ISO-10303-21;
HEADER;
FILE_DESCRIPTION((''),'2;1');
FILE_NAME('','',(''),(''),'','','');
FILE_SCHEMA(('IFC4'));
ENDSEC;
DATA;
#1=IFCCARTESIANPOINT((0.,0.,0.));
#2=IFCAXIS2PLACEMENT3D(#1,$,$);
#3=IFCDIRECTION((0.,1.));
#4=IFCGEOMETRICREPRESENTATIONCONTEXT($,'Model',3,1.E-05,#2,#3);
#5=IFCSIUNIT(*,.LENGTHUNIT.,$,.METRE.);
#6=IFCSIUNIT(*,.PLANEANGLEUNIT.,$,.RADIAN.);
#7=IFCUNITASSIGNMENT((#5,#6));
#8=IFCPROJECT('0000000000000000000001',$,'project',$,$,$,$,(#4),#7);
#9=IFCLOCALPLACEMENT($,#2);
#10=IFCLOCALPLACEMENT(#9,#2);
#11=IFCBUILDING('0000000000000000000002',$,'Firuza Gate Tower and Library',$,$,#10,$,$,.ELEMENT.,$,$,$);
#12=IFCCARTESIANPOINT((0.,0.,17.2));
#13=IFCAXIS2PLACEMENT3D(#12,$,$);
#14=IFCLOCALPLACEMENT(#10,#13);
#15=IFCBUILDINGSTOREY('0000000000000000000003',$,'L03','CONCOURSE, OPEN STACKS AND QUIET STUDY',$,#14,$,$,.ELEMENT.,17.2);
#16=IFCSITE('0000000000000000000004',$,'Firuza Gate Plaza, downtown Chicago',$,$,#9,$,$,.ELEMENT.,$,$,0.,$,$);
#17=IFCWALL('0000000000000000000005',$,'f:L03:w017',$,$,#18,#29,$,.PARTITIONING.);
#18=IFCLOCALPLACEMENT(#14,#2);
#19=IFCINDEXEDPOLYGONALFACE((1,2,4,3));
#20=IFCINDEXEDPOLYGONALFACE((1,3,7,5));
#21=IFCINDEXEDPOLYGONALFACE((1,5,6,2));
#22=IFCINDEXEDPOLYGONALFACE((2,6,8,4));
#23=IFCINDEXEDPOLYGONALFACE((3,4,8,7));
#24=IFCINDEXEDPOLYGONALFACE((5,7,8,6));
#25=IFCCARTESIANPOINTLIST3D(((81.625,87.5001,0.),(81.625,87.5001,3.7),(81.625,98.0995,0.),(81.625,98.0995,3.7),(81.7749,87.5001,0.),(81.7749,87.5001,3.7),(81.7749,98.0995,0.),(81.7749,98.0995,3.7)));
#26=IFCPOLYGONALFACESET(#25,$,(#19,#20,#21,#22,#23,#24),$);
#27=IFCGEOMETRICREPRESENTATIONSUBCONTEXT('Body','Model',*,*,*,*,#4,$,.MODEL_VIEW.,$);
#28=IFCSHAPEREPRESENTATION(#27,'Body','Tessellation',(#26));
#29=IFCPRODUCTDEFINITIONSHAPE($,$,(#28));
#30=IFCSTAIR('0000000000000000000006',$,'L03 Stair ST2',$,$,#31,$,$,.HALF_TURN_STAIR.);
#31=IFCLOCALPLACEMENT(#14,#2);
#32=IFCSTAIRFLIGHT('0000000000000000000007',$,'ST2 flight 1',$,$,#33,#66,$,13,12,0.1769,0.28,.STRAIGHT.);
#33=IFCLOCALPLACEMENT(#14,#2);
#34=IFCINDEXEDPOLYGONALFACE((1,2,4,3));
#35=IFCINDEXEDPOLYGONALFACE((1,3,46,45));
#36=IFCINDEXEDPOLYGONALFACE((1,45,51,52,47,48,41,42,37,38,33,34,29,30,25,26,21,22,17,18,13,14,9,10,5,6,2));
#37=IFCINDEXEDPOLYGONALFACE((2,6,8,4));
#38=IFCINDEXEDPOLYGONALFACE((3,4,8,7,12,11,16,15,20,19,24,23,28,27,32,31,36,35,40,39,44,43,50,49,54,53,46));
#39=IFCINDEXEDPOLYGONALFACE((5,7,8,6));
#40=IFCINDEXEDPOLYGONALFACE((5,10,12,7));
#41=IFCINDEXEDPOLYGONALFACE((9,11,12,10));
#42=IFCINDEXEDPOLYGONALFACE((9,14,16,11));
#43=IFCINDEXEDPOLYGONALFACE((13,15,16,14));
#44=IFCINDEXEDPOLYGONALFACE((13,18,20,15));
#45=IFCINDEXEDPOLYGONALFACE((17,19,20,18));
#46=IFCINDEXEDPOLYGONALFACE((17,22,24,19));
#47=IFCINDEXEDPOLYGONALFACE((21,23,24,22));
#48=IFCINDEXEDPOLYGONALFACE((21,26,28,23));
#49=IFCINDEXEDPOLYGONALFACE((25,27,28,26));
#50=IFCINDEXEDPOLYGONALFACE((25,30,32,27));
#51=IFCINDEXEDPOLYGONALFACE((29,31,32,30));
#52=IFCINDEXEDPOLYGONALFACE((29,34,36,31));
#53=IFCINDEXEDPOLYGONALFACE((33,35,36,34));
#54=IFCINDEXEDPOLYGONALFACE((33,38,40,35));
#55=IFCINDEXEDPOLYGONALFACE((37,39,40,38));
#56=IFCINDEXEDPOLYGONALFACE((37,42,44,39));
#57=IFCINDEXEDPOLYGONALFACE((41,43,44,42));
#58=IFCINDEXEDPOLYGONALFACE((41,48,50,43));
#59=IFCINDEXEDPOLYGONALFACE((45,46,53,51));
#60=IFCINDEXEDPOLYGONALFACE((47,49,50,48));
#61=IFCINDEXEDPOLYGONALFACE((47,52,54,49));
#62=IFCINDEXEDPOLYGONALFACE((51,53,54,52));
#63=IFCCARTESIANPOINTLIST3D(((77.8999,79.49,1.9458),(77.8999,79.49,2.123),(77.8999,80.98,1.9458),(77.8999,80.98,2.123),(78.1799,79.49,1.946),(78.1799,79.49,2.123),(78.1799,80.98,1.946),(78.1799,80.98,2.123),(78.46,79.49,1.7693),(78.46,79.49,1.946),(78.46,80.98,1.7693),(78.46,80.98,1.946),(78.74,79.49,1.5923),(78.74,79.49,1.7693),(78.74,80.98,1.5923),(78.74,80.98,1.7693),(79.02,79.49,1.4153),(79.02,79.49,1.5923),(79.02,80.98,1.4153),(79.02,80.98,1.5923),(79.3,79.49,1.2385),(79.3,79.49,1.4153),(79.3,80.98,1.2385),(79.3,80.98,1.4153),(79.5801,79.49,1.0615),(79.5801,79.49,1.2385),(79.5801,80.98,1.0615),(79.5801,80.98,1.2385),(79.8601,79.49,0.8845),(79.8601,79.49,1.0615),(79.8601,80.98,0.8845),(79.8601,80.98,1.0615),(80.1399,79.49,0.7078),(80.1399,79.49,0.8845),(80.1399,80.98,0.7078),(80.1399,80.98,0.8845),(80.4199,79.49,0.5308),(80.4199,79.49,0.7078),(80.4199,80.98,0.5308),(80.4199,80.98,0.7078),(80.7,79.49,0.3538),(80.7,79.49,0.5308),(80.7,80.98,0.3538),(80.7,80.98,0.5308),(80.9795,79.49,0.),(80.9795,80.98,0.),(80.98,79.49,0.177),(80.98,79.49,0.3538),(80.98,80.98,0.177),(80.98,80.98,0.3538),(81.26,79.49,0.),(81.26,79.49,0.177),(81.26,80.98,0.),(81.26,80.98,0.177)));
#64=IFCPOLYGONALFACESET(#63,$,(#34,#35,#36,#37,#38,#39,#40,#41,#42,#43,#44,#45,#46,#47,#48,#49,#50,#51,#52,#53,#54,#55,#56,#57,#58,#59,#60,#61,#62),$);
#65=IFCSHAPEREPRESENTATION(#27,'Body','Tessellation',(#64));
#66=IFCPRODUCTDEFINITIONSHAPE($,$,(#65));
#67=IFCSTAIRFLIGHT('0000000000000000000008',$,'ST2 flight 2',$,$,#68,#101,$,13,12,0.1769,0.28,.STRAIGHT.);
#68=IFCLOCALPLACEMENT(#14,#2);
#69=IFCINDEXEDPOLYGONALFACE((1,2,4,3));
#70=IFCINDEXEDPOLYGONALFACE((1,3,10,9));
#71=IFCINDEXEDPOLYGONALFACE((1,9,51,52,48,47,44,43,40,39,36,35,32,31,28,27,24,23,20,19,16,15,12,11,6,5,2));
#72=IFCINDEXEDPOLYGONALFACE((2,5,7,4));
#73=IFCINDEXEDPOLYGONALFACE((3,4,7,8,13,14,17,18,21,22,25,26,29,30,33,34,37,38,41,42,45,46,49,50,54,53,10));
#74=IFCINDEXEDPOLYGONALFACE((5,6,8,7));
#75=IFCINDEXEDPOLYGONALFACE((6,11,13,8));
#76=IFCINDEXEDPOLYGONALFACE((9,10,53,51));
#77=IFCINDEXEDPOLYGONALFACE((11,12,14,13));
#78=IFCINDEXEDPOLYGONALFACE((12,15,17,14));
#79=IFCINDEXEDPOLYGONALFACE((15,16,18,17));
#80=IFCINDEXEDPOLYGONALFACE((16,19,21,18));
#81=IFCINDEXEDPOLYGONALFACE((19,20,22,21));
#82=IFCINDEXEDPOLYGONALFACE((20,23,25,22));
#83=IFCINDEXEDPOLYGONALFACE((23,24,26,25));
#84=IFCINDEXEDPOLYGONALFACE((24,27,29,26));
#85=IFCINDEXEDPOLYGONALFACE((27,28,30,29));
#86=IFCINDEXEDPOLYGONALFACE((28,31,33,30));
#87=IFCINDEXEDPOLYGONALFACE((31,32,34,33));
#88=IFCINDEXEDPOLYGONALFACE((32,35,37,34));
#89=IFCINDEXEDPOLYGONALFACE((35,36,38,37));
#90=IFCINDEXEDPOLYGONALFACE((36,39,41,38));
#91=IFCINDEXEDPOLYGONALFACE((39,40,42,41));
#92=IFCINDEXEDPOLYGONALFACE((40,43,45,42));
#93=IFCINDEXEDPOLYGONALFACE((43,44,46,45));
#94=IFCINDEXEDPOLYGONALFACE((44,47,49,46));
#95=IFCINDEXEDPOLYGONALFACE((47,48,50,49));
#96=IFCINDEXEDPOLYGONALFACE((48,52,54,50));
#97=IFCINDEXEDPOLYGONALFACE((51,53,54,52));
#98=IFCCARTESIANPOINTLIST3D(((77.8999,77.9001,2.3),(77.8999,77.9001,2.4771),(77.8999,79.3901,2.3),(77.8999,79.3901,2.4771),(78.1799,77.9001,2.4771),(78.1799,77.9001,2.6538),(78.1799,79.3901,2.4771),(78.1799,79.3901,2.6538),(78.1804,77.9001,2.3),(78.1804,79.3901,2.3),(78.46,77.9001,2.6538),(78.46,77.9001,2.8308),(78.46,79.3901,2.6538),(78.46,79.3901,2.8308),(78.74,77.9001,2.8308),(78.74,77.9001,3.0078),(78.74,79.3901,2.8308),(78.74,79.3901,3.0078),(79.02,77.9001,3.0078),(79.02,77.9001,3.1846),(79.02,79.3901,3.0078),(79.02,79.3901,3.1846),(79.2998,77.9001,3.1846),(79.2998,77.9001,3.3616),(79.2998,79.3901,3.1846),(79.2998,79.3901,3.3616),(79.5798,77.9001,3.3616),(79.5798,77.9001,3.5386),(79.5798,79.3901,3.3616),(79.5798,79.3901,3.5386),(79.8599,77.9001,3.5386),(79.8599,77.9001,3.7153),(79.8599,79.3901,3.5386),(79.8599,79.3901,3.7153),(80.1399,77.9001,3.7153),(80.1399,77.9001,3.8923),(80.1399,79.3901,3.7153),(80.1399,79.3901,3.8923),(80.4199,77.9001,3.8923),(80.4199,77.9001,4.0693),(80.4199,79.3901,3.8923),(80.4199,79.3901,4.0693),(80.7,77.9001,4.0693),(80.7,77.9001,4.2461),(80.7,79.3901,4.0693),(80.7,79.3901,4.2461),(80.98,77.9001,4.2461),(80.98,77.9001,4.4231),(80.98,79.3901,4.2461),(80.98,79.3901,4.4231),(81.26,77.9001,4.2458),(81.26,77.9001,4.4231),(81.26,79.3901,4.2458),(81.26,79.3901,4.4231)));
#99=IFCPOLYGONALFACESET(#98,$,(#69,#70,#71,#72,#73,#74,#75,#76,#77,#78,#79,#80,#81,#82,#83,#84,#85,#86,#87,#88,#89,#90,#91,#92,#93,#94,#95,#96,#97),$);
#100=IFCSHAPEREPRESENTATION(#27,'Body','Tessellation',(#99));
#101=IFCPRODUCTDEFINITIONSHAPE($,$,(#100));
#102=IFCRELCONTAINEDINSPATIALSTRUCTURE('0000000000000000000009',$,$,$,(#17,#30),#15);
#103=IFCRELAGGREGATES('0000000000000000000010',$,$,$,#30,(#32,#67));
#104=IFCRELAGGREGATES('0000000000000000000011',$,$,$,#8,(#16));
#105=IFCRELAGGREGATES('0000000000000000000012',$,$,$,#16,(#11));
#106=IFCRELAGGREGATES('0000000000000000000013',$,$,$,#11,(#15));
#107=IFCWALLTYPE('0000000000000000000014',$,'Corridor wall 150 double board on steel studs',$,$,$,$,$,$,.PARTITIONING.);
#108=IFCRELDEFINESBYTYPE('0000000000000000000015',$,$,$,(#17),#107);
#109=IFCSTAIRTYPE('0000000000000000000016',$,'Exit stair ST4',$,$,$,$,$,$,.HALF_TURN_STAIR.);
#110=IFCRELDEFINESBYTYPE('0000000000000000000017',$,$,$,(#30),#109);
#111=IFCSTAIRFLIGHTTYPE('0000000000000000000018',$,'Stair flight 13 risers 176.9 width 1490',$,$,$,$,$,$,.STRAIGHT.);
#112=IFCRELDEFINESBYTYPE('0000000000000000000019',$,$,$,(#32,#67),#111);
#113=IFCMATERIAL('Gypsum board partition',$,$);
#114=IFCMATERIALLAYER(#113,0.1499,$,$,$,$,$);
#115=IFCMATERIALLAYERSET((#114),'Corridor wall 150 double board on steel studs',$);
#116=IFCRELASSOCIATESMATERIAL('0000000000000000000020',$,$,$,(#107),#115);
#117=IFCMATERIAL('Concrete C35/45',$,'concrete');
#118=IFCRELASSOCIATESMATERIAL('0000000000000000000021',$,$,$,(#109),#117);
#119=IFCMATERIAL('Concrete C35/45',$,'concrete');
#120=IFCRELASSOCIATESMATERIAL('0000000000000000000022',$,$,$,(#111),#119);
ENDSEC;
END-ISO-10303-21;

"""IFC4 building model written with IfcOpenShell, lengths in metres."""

from ifc_helpers import new_model, si_unit, direction, frame, frame_2d, origin, place, context, subcontext, project, spatial, polyline, rectangle, outline, extrude, material, layer, layer_set, type_object, element, aggregate, save


model = new_model("IFC4")

# Units and contexts
model_context = context("Model", 3, precision=1e-05, world=origin(), true_north=direction((0.0, 1.0)))
body_context = subcontext(model_context, "Body", "Model", "MODEL_VIEW")
ifc_project = project(units=[si_unit("LENGTHUNIT", "METRE"), si_unit("PLANEANGLEUNIT", "RADIAN")], contexts=[model_context])

# Site, building, storey
site_placement = place(None, origin())
site = spatial("IfcSite", under=ifc_project, at=site_placement, Name="Firuza Gate Plaza, downtown Chicago", CompositionType="ELEMENT", RefElevation=0.0)
building_placement = place(site_placement, origin())
building = spatial("IfcBuilding", under=site, at=building_placement, Name="Firuza Gate Tower and Library", CompositionType="ELEMENT")
storey_placement = place(building_placement, frame((0.0, 0.0, 17.2)))
storey = spatial("IfcBuildingStorey", under=building, at=storey_placement, Name="L03", Description="CONCOURSE, OPEN STACKS AND QUIET STUDY", CompositionType="ELEMENT", Elevation=17.2)

# Shared definitions
ifc_material_1 = material(Name="Gypsum board partition")
ifc_layer_1 = layer(ifc_material_1, 0.1499)
ifc_layer_set_1 = layer_set([ifc_layer_1], Name="Corridor wall 150 double board on steel studs")
wall_type_1 = type_object("IfcWallType", Name="Corridor wall 150 double board on steel studs", PredefinedType="PARTITIONING", material=ifc_layer_set_1)

# Wall
wall_1_placement = place(storey_placement, frame((81.7, 87.5, 0.0), z_axis=(0.0, 0.0, 1.0), x_axis=(0.0, 1.0, 0.0)))
element("IfcWall", 1, at=wall_1_placement, inside=storey, type_object=wall_type_1, Name="f:L03:w017", PredefinedType="PARTITIONING", context=body_context, shape_type="SweptSolid", body=[
    extrude(rectangle(XDim=10.5994, YDim=0.1499, at=frame_2d((5.2998, 0.0))), origin(), (0.0, 0.0, 1.0), 3.7),
])

# Stair, stair flights
ifc_material_2 = material(Name="Concrete C35/45", Category="concrete")
stair_type = type_object("IfcStairType", Name="Exit stair ST4", PredefinedType="HALF_TURN_STAIR", material=ifc_material_2)
stair_placement = place(storey_placement, origin())
stair = element("IfcStair", 2, at=stair_placement, inside=storey, type_object=stair_type, Name="L03 Stair ST2", PredefinedType="HALF_TURN_STAIR")
ifc_material_3 = material(Name="Concrete C35/45", Category="concrete")
stair_flight_type = type_object("IfcStairFlightType", Name="Stair flight 13 risers 176.9 width 1490", PredefinedType="STRAIGHT", material=ifc_material_3)
stair_flight_1_placement = place(storey_placement, frame((81.26, 80.2351, 0.0), z_axis=(0.0, 0.0, 1.0), x_axis=(-1.0, 0.0, 0.0)))
stair_flight_1 = element("IfcStairFlight", 3, at=stair_flight_1_placement, type_object=stair_flight_type, Name="ST2 flight 1", NumberOfRisers=13, NumberOfTreads=12, PredefinedType="STRAIGHT", RiserHeight=0.1769, TreadLength=0.28, context=body_context, shape_type="SweptSolid", body=[
    extrude(outline(polyline([(0.0, 0.0), (0.0, 0.177), (0.28, 0.177), (0.28, 0.3538), (0.5601, 0.3538), (0.5601, 0.5308), (0.8401, 0.5308), (0.8401, 0.7078), (1.1201, 0.7078), (1.1201, 0.8845), (1.3999, 0.8845), (1.3999, 1.0615), (1.6799, 1.0615), (1.6799, 1.2385), (1.96, 1.2385), (1.96, 1.4153), (2.24, 1.4153), (2.24, 1.5923), (2.52, 1.5923), (2.52, 1.7693), (2.8, 1.7693), (2.8, 1.946), (3.0801, 1.946), (3.0801, 2.123), (3.3601, 2.123), (3.3601, 2.3), (3.3601, 1.9458), (0.2805, 0.0), (0.0, 0.0)])), frame((0.0, 0.7451, 0.0), z_axis=(0.0, -1.0, 0.0), x_axis=(1.0, 0.0, 0.0)), (0.0, 0.0, 1.0), 1.49),
])
stair_flight_2_placement = place(storey_placement, frame((77.8999, 78.645, 2.3), z_axis=(0.0, 0.0, 1.0), x_axis=(1.0, 0.0, 0.0)))
stair_flight_2 = element("IfcStairFlight", 4, at=stair_flight_2_placement, type_object=stair_flight_type, Name="ST2 flight 2", NumberOfRisers=13, NumberOfTreads=12, PredefinedType="STRAIGHT", RiserHeight=0.1769, TreadLength=0.28, context=body_context, shape_type="SweptSolid", body=[
    extrude(outline(polyline([(0.0, 0.0), (0.0, 0.177), (0.28, 0.177), (0.28, 0.3538), (0.5601, 0.3538), (0.5601, 0.5308), (0.8401, 0.5308), (0.8401, 0.7078), (1.1201, 0.7078), (1.1201, 0.8845), (1.3999, 0.8845), (1.3999, 1.0615), (1.6799, 1.0615), (1.6799, 1.2385), (1.96, 1.2385), (1.96, 1.4153), (2.24, 1.4153), (2.24, 1.5923), (2.52, 1.5923), (2.52, 1.7693), (2.8, 1.7693), (2.8, 1.946), (3.0801, 1.946), (3.0801, 2.123), (3.3601, 2.123), (3.3601, 2.3), (3.3601, 1.9458), (0.2805, 0.0), (0.0, 0.0)])), frame((0.0, 0.7451, 0.0), z_axis=(0.0, -1.0, 0.0), x_axis=(1.0, 0.0, 0.0)), (0.0, 0.0, 1.0), 1.49),
])
aggregate(stair, [stair_flight_1, stair_flight_2])

save(model, "model.ifc")
